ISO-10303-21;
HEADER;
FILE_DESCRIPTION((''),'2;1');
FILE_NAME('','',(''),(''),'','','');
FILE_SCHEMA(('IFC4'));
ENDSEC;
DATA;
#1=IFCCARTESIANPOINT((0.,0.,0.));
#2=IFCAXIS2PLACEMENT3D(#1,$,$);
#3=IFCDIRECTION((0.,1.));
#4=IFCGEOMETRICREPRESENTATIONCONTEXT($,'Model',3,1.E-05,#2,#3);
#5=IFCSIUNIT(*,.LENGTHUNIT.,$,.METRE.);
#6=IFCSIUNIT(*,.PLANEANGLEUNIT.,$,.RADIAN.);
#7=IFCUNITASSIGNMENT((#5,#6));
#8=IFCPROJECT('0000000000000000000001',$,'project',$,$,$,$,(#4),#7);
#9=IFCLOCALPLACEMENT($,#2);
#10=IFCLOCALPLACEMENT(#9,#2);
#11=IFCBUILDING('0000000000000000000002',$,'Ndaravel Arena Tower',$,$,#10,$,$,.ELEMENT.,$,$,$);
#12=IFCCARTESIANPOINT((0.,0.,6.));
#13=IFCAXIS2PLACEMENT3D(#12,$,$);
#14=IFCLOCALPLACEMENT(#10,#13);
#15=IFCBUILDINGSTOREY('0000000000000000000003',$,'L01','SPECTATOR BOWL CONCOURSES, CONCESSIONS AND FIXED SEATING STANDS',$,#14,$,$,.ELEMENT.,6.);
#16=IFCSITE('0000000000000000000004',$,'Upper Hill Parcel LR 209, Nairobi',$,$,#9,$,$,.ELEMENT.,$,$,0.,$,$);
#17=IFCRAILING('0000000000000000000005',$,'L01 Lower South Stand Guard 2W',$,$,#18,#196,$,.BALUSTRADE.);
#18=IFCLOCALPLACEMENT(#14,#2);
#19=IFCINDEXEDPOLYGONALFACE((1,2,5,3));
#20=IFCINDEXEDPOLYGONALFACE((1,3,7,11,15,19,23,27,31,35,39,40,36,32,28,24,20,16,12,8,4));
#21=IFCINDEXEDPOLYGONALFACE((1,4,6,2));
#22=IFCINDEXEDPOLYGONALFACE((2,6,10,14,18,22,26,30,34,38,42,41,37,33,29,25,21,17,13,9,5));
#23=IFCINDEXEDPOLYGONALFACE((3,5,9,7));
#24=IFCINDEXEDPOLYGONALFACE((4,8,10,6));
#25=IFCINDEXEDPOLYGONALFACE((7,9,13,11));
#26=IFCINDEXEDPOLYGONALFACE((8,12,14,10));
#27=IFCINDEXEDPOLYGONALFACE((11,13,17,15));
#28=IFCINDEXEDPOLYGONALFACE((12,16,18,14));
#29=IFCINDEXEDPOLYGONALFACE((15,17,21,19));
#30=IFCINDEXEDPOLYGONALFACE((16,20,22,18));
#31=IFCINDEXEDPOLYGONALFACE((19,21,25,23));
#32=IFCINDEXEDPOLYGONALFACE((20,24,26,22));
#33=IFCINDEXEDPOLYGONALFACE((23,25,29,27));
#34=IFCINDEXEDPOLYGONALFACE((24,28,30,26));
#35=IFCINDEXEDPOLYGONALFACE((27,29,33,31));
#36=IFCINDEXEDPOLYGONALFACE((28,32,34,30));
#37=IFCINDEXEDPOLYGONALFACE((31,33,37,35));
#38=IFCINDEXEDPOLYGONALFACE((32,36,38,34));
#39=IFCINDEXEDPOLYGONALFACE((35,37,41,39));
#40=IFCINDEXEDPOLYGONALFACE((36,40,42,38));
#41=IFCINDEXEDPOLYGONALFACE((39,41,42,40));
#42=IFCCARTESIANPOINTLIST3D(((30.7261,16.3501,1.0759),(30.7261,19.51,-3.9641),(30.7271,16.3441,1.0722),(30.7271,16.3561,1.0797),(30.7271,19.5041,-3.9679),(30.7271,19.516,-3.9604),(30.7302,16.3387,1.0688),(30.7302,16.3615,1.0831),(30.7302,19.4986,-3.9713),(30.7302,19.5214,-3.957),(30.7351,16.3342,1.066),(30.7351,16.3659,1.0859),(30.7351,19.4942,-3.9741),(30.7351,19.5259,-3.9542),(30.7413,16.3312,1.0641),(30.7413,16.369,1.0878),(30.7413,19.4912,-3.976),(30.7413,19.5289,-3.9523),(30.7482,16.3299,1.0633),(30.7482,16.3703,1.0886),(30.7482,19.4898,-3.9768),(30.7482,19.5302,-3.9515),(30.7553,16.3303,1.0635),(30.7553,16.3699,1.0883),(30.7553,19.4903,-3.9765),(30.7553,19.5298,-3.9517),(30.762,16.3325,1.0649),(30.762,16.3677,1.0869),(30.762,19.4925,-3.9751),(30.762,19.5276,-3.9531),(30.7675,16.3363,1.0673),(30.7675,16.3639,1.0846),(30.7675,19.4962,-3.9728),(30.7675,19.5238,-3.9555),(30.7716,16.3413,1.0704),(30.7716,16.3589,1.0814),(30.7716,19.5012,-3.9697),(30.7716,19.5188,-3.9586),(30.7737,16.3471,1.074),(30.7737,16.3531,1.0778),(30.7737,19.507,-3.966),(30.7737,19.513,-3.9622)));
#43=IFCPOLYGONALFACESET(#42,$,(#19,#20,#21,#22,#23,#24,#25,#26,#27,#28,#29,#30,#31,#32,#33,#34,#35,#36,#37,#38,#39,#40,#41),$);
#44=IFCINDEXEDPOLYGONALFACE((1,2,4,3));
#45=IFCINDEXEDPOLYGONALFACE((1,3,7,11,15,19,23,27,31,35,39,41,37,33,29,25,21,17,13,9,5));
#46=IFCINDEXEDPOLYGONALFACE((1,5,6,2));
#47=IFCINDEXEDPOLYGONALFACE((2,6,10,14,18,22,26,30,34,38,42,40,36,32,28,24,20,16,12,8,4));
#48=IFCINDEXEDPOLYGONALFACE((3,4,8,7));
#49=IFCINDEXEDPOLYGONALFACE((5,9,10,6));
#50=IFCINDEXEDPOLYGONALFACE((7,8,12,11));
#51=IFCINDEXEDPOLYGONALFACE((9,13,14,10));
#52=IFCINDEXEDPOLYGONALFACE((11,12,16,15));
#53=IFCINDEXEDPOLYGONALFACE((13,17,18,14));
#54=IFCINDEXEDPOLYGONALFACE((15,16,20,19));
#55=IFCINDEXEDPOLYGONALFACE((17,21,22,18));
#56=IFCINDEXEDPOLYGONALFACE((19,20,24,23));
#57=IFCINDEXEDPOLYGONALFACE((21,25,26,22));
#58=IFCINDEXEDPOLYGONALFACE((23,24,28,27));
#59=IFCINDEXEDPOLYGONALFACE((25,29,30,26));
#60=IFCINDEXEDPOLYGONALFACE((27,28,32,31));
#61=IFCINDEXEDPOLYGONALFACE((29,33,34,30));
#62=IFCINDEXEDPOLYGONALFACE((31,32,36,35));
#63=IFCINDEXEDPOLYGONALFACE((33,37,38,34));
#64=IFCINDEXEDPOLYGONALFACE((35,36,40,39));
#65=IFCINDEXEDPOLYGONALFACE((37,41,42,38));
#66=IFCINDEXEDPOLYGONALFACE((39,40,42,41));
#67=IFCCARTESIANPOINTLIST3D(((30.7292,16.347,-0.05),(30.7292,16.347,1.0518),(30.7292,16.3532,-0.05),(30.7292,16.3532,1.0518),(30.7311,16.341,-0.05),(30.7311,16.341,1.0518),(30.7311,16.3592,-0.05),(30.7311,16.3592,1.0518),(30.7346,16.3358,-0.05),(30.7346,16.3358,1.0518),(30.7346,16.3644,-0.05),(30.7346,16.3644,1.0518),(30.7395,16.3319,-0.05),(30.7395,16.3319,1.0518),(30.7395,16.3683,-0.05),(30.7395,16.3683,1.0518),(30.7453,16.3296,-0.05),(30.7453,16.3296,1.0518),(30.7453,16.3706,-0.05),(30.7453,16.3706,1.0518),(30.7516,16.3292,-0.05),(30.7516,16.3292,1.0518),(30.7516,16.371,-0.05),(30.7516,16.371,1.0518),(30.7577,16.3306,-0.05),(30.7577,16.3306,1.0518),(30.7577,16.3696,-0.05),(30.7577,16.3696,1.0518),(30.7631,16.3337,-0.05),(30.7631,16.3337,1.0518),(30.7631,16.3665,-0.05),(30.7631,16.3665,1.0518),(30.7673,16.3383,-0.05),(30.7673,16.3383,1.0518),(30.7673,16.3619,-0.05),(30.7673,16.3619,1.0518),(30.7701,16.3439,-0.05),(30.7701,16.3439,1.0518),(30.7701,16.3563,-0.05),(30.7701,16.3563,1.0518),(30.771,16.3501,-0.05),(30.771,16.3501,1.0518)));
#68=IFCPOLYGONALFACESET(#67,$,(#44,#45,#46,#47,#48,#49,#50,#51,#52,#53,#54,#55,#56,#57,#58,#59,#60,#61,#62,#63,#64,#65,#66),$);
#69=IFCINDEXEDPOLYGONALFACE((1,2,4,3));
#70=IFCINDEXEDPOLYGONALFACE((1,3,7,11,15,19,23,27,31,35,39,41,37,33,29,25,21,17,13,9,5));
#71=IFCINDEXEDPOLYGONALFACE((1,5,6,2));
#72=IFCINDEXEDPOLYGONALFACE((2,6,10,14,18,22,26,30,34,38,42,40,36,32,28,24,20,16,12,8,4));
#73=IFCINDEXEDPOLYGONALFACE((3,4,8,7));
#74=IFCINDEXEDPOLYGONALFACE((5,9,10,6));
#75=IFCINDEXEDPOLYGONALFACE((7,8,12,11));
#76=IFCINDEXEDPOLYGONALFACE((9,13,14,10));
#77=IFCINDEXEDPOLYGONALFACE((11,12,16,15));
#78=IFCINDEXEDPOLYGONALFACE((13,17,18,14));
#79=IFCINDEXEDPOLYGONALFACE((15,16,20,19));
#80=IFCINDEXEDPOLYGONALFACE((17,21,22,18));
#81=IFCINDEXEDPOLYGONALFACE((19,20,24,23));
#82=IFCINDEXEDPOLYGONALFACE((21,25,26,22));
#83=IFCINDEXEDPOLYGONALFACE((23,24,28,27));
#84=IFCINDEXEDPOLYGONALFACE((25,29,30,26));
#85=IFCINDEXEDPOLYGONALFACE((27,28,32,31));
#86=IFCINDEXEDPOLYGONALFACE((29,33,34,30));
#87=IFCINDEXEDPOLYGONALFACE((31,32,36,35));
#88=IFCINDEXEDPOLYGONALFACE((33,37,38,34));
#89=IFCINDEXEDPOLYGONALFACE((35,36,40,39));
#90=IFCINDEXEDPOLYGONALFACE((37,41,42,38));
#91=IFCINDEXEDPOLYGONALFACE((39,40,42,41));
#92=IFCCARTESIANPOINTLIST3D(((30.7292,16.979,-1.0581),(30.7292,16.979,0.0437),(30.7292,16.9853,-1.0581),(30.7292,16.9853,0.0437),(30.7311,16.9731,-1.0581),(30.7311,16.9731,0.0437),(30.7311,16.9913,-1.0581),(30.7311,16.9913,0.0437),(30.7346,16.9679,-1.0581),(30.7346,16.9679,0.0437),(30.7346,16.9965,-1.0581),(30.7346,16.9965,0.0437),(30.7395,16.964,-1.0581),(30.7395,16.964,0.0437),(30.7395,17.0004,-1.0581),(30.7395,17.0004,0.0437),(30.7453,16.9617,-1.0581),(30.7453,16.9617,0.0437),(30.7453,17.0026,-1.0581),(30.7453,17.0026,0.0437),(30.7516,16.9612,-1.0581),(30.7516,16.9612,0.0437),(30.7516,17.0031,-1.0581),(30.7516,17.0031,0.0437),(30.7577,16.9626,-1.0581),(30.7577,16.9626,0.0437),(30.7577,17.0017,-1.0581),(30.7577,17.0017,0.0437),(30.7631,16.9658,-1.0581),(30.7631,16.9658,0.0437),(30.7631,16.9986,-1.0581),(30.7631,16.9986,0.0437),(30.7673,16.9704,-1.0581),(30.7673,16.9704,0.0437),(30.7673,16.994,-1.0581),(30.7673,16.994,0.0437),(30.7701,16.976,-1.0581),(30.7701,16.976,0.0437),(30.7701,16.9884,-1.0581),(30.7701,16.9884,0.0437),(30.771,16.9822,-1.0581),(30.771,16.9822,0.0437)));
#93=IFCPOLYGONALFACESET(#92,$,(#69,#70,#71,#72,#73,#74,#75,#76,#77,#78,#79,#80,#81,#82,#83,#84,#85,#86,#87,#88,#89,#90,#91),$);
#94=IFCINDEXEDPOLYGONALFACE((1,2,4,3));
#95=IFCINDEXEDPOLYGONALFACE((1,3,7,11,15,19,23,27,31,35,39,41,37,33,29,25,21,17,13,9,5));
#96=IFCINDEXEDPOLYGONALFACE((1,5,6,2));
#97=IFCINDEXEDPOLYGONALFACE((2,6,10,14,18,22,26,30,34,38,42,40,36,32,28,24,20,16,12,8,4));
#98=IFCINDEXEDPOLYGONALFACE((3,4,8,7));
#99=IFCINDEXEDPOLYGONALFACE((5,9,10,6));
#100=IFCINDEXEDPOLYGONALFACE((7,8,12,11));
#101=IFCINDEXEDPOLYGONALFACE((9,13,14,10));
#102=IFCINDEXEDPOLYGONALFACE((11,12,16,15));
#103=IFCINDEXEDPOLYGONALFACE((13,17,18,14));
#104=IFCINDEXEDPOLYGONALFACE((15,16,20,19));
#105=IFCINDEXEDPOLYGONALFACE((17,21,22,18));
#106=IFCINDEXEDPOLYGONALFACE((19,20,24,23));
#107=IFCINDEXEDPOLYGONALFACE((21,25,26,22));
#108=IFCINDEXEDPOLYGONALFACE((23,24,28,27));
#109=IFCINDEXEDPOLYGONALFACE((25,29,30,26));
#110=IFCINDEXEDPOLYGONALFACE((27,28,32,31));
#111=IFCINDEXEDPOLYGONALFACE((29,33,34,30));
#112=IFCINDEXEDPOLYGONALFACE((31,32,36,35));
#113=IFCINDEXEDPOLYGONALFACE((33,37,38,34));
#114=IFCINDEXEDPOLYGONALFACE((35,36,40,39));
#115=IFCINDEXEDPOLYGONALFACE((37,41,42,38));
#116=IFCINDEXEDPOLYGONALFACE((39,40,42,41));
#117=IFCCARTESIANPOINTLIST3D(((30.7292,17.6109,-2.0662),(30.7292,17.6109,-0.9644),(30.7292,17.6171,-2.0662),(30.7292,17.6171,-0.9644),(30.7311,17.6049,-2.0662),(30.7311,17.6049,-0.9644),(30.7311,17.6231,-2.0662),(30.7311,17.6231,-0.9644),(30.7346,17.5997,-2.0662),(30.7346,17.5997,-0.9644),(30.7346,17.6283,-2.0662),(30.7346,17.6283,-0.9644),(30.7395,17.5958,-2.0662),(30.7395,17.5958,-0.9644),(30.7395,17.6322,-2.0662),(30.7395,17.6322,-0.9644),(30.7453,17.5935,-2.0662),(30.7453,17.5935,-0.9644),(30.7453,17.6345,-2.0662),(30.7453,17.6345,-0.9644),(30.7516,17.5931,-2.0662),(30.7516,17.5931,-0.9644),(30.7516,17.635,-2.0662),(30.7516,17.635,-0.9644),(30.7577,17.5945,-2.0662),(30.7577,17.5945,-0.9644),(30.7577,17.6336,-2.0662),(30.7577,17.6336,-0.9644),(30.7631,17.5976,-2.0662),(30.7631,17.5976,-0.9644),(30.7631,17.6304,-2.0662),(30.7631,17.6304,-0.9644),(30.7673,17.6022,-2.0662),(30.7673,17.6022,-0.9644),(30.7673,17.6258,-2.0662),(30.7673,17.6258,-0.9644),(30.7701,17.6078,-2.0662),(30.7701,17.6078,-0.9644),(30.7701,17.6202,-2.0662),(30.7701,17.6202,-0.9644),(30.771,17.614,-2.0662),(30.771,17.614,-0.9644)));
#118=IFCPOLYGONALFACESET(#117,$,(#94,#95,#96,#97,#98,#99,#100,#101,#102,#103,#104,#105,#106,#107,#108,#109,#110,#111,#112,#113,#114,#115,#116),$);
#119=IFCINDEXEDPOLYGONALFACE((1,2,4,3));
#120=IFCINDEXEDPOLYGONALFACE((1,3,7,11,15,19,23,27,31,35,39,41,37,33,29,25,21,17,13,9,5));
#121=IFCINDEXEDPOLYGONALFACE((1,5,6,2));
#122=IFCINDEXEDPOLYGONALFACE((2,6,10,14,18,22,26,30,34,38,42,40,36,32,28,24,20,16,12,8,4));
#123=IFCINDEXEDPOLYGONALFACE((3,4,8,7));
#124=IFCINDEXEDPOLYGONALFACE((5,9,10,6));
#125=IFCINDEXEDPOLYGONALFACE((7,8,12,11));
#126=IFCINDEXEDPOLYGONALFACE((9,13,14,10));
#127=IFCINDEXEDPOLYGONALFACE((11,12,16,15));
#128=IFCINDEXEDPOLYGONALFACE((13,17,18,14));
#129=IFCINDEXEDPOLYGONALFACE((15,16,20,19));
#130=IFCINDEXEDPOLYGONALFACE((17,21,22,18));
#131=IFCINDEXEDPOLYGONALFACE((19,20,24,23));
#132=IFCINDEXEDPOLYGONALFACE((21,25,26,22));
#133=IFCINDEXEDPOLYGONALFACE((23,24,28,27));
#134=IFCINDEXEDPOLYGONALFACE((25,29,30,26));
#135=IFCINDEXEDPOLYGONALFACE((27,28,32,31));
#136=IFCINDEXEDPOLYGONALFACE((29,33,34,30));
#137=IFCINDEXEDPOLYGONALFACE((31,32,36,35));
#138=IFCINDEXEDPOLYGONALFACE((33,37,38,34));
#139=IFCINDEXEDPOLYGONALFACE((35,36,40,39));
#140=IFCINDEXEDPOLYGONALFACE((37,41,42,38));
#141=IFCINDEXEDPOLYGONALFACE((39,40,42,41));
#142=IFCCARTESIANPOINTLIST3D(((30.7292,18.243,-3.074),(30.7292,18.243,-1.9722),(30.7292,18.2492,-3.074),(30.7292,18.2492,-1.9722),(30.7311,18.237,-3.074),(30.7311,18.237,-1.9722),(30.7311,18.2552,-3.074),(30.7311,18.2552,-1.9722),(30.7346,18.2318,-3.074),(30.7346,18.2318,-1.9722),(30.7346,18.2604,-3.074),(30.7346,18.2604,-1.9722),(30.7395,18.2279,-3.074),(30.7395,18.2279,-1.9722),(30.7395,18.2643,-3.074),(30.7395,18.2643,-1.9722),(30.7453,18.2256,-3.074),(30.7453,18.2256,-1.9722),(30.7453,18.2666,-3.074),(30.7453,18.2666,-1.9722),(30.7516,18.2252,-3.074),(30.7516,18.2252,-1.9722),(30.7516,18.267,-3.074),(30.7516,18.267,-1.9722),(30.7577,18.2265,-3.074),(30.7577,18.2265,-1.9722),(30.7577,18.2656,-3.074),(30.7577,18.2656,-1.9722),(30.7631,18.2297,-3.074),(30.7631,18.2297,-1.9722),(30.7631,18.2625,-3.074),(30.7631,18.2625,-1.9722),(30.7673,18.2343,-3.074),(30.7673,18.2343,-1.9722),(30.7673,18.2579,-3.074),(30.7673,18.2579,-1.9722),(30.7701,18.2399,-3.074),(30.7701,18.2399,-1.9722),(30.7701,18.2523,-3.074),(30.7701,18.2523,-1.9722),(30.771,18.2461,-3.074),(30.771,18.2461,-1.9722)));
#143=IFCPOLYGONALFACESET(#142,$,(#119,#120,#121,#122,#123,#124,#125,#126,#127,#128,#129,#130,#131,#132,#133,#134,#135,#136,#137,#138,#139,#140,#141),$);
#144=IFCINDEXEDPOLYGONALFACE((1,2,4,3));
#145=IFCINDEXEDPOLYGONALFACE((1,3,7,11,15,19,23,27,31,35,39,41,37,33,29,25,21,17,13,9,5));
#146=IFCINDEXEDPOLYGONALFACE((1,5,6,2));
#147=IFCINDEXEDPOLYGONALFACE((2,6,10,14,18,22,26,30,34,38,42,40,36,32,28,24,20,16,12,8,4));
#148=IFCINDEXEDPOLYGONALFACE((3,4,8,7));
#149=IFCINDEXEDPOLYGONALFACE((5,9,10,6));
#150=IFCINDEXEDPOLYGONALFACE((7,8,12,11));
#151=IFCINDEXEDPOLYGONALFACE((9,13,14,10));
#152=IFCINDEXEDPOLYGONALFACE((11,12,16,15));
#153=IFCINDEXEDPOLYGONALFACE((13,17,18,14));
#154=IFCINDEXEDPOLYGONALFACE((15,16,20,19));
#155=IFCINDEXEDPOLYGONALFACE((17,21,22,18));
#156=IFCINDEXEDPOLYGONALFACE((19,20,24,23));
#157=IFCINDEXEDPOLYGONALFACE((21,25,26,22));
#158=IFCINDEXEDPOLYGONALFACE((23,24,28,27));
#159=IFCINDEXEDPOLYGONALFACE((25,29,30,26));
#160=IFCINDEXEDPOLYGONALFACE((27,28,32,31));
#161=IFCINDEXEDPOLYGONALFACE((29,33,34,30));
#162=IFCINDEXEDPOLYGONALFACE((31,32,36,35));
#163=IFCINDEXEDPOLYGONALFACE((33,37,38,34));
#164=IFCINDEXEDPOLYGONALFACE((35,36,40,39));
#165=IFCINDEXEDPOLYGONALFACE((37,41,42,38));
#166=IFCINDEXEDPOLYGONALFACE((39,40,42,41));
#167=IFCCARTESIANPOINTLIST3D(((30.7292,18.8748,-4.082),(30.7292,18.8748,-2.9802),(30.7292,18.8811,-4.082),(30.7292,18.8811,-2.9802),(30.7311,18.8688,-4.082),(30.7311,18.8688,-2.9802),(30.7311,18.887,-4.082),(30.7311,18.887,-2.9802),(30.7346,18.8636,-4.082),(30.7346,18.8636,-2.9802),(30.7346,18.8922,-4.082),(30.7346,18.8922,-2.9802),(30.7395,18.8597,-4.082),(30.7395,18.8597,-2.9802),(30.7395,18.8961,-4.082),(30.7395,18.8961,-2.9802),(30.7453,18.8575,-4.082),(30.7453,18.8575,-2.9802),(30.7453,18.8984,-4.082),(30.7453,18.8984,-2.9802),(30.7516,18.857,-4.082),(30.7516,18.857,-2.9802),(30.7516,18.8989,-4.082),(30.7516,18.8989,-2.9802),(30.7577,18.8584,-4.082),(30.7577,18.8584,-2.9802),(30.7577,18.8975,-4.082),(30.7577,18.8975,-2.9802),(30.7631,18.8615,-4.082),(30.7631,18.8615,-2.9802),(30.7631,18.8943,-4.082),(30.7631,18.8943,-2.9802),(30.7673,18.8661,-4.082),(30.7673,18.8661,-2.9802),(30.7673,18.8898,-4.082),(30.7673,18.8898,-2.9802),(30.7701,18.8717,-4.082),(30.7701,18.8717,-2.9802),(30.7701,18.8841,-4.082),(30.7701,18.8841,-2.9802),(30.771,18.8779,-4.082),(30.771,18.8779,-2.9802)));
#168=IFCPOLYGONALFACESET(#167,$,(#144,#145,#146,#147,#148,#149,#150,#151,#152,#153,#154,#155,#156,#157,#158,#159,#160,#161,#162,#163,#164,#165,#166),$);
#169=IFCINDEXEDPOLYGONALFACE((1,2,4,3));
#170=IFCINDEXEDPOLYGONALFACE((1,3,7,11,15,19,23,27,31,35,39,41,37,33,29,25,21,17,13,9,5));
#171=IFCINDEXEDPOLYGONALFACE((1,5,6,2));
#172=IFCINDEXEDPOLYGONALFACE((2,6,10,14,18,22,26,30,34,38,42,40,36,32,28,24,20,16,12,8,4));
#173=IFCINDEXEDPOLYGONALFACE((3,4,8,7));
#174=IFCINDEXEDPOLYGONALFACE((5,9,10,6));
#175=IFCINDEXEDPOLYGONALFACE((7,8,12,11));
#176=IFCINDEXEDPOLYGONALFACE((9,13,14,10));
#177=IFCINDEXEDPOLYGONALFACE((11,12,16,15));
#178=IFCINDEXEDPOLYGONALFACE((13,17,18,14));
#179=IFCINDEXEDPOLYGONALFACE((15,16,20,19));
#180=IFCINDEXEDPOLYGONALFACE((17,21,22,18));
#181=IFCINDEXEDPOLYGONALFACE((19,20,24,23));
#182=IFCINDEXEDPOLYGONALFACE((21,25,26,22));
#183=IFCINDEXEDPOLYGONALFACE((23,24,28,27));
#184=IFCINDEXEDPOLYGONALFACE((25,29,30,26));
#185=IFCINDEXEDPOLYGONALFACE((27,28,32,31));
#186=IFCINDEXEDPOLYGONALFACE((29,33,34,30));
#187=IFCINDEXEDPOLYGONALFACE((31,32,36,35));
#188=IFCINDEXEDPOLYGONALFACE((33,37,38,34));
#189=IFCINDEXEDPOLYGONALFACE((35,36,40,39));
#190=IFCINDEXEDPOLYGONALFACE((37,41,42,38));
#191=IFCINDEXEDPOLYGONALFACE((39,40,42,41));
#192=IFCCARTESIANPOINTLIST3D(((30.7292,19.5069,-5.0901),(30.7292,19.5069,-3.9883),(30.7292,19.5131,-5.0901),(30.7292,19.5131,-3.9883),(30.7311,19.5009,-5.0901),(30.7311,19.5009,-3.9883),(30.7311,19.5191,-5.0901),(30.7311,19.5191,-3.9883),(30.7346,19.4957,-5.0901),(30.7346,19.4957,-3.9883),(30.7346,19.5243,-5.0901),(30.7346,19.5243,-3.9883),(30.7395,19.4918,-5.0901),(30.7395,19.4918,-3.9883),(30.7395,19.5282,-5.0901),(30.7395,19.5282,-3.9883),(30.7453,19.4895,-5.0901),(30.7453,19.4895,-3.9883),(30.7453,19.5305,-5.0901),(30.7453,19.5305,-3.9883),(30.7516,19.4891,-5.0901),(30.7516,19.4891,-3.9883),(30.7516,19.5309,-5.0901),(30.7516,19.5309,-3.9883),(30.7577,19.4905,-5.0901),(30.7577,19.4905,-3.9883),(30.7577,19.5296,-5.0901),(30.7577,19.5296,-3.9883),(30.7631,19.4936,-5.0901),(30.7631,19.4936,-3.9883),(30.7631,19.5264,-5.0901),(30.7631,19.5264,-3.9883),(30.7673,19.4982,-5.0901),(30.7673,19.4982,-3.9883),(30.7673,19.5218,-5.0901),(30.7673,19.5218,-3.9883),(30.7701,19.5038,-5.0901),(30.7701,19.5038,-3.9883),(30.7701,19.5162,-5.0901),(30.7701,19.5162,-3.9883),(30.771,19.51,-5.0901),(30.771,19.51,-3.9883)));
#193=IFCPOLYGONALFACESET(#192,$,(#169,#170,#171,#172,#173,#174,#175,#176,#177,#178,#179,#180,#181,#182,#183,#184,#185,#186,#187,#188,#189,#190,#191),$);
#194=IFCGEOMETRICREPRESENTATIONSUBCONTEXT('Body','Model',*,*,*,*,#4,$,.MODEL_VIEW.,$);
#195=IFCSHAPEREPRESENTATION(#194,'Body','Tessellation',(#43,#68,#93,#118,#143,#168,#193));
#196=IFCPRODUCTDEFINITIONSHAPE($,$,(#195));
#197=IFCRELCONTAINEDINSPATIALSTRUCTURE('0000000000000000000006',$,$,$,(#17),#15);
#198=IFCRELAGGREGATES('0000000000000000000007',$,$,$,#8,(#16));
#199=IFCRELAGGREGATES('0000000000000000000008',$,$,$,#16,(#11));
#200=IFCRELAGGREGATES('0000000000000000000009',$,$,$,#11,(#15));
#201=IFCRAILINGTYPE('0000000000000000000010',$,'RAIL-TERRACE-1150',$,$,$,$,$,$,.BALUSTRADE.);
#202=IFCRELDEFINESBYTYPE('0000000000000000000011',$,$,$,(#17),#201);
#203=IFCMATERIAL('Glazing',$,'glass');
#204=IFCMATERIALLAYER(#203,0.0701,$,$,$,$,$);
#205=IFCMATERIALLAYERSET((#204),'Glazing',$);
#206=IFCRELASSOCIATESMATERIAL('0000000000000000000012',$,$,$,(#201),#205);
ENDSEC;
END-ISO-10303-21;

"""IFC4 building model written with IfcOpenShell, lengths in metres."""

from ifc_helpers import new_model, si_unit, direction, frame, origin, origin_2d, place, context, subcontext, project, spatial, circle, extrude, material, layer, layer_set, type_object, element, save


model = new_model("IFC4")

# Units and contexts
model_context = context("Model", 3, precision=1e-05, world=origin(), true_north=direction((0.0, 1.0)))
body_context = subcontext(model_context, "Body", "Model", "MODEL_VIEW")
ifc_project = project(units=[si_unit("LENGTHUNIT", "METRE"), si_unit("PLANEANGLEUNIT", "RADIAN")], contexts=[model_context])

# Site, building, storey
site_placement = place(None, origin())
site = spatial("IfcSite", under=ifc_project, at=site_placement, Name="Upper Hill Parcel LR 209, Nairobi", CompositionType="ELEMENT", RefElevation=0.0)
building_placement = place(site_placement, origin())
building = spatial("IfcBuilding", under=site, at=building_placement, Name="Ndaravel Arena Tower", CompositionType="ELEMENT")
storey_placement = place(building_placement, frame((0.0, 0.0, 6.0)))
storey = spatial("IfcBuildingStorey", under=building, at=storey_placement, Name="L01", Description="SPECTATOR BOWL CONCOURSES, CONCESSIONS AND FIXED SEATING STANDS", CompositionType="ELEMENT", Elevation=6.0)

# Railing
ifc_material_1 = material(Name="Glazing", Category="glass")
ifc_layer_1 = layer(ifc_material_1, 0.0701)
ifc_layer_set_1 = layer_set([ifc_layer_1], Name="Glazing")
railing_type_1 = type_object("IfcRailingType", Name="RAIL-TERRACE-1150", PredefinedType="BALUSTRADE", material=ifc_layer_set_1)
railing_1_placement = place(storey_placement, frame((30.75, 16.3501, -0.05)))
element("IfcRailing", 1, at=railing_1_placement, inside=storey, type_object=railing_type_1, Name="L01 Lower South Stand Guard 2W", PredefinedType="BALUSTRADE", context=body_context, shape_type="SweptSolid", body=[
    extrude(circle(Radius=0.0239, at=origin_2d()), frame((0.0, 0.0, 1.126), z_axis=(0.0, 0.531194, -0.84725), x_axis=(-1.0, 0.0, 0.0)), (0.0, 0.0, 1.0), 5.9487),
    extrude(circle(Radius=0.021, at=origin_2d()), origin(), (0.0, 0.0, 1.0), 1.1018),
    extrude(circle(Radius=0.021, at=origin_2d()), frame((0.0, 0.6321, -1.0081)), (0.0, 0.0, 1.0), 1.1018),
    extrude(circle(Radius=0.021, at=origin_2d()), frame((0.0, 1.2639, -2.0161)), (0.0, 0.0, 1.0), 1.1018),
    extrude(circle(Radius=0.021, at=origin_2d()), frame((0.0, 1.896, -3.0239)), (0.0, 0.0, 1.0), 1.1018),
    extrude(circle(Radius=0.021, at=origin_2d()), frame((0.0, 2.5278, -4.032)), (0.0, 0.0, 1.0), 1.1018),
    extrude(circle(Radius=0.021, at=origin_2d()), frame((0.0, 3.1599, -5.04)), (0.0, 0.0, 1.0), 1.1018),
])

save(model, "model.ifc")
